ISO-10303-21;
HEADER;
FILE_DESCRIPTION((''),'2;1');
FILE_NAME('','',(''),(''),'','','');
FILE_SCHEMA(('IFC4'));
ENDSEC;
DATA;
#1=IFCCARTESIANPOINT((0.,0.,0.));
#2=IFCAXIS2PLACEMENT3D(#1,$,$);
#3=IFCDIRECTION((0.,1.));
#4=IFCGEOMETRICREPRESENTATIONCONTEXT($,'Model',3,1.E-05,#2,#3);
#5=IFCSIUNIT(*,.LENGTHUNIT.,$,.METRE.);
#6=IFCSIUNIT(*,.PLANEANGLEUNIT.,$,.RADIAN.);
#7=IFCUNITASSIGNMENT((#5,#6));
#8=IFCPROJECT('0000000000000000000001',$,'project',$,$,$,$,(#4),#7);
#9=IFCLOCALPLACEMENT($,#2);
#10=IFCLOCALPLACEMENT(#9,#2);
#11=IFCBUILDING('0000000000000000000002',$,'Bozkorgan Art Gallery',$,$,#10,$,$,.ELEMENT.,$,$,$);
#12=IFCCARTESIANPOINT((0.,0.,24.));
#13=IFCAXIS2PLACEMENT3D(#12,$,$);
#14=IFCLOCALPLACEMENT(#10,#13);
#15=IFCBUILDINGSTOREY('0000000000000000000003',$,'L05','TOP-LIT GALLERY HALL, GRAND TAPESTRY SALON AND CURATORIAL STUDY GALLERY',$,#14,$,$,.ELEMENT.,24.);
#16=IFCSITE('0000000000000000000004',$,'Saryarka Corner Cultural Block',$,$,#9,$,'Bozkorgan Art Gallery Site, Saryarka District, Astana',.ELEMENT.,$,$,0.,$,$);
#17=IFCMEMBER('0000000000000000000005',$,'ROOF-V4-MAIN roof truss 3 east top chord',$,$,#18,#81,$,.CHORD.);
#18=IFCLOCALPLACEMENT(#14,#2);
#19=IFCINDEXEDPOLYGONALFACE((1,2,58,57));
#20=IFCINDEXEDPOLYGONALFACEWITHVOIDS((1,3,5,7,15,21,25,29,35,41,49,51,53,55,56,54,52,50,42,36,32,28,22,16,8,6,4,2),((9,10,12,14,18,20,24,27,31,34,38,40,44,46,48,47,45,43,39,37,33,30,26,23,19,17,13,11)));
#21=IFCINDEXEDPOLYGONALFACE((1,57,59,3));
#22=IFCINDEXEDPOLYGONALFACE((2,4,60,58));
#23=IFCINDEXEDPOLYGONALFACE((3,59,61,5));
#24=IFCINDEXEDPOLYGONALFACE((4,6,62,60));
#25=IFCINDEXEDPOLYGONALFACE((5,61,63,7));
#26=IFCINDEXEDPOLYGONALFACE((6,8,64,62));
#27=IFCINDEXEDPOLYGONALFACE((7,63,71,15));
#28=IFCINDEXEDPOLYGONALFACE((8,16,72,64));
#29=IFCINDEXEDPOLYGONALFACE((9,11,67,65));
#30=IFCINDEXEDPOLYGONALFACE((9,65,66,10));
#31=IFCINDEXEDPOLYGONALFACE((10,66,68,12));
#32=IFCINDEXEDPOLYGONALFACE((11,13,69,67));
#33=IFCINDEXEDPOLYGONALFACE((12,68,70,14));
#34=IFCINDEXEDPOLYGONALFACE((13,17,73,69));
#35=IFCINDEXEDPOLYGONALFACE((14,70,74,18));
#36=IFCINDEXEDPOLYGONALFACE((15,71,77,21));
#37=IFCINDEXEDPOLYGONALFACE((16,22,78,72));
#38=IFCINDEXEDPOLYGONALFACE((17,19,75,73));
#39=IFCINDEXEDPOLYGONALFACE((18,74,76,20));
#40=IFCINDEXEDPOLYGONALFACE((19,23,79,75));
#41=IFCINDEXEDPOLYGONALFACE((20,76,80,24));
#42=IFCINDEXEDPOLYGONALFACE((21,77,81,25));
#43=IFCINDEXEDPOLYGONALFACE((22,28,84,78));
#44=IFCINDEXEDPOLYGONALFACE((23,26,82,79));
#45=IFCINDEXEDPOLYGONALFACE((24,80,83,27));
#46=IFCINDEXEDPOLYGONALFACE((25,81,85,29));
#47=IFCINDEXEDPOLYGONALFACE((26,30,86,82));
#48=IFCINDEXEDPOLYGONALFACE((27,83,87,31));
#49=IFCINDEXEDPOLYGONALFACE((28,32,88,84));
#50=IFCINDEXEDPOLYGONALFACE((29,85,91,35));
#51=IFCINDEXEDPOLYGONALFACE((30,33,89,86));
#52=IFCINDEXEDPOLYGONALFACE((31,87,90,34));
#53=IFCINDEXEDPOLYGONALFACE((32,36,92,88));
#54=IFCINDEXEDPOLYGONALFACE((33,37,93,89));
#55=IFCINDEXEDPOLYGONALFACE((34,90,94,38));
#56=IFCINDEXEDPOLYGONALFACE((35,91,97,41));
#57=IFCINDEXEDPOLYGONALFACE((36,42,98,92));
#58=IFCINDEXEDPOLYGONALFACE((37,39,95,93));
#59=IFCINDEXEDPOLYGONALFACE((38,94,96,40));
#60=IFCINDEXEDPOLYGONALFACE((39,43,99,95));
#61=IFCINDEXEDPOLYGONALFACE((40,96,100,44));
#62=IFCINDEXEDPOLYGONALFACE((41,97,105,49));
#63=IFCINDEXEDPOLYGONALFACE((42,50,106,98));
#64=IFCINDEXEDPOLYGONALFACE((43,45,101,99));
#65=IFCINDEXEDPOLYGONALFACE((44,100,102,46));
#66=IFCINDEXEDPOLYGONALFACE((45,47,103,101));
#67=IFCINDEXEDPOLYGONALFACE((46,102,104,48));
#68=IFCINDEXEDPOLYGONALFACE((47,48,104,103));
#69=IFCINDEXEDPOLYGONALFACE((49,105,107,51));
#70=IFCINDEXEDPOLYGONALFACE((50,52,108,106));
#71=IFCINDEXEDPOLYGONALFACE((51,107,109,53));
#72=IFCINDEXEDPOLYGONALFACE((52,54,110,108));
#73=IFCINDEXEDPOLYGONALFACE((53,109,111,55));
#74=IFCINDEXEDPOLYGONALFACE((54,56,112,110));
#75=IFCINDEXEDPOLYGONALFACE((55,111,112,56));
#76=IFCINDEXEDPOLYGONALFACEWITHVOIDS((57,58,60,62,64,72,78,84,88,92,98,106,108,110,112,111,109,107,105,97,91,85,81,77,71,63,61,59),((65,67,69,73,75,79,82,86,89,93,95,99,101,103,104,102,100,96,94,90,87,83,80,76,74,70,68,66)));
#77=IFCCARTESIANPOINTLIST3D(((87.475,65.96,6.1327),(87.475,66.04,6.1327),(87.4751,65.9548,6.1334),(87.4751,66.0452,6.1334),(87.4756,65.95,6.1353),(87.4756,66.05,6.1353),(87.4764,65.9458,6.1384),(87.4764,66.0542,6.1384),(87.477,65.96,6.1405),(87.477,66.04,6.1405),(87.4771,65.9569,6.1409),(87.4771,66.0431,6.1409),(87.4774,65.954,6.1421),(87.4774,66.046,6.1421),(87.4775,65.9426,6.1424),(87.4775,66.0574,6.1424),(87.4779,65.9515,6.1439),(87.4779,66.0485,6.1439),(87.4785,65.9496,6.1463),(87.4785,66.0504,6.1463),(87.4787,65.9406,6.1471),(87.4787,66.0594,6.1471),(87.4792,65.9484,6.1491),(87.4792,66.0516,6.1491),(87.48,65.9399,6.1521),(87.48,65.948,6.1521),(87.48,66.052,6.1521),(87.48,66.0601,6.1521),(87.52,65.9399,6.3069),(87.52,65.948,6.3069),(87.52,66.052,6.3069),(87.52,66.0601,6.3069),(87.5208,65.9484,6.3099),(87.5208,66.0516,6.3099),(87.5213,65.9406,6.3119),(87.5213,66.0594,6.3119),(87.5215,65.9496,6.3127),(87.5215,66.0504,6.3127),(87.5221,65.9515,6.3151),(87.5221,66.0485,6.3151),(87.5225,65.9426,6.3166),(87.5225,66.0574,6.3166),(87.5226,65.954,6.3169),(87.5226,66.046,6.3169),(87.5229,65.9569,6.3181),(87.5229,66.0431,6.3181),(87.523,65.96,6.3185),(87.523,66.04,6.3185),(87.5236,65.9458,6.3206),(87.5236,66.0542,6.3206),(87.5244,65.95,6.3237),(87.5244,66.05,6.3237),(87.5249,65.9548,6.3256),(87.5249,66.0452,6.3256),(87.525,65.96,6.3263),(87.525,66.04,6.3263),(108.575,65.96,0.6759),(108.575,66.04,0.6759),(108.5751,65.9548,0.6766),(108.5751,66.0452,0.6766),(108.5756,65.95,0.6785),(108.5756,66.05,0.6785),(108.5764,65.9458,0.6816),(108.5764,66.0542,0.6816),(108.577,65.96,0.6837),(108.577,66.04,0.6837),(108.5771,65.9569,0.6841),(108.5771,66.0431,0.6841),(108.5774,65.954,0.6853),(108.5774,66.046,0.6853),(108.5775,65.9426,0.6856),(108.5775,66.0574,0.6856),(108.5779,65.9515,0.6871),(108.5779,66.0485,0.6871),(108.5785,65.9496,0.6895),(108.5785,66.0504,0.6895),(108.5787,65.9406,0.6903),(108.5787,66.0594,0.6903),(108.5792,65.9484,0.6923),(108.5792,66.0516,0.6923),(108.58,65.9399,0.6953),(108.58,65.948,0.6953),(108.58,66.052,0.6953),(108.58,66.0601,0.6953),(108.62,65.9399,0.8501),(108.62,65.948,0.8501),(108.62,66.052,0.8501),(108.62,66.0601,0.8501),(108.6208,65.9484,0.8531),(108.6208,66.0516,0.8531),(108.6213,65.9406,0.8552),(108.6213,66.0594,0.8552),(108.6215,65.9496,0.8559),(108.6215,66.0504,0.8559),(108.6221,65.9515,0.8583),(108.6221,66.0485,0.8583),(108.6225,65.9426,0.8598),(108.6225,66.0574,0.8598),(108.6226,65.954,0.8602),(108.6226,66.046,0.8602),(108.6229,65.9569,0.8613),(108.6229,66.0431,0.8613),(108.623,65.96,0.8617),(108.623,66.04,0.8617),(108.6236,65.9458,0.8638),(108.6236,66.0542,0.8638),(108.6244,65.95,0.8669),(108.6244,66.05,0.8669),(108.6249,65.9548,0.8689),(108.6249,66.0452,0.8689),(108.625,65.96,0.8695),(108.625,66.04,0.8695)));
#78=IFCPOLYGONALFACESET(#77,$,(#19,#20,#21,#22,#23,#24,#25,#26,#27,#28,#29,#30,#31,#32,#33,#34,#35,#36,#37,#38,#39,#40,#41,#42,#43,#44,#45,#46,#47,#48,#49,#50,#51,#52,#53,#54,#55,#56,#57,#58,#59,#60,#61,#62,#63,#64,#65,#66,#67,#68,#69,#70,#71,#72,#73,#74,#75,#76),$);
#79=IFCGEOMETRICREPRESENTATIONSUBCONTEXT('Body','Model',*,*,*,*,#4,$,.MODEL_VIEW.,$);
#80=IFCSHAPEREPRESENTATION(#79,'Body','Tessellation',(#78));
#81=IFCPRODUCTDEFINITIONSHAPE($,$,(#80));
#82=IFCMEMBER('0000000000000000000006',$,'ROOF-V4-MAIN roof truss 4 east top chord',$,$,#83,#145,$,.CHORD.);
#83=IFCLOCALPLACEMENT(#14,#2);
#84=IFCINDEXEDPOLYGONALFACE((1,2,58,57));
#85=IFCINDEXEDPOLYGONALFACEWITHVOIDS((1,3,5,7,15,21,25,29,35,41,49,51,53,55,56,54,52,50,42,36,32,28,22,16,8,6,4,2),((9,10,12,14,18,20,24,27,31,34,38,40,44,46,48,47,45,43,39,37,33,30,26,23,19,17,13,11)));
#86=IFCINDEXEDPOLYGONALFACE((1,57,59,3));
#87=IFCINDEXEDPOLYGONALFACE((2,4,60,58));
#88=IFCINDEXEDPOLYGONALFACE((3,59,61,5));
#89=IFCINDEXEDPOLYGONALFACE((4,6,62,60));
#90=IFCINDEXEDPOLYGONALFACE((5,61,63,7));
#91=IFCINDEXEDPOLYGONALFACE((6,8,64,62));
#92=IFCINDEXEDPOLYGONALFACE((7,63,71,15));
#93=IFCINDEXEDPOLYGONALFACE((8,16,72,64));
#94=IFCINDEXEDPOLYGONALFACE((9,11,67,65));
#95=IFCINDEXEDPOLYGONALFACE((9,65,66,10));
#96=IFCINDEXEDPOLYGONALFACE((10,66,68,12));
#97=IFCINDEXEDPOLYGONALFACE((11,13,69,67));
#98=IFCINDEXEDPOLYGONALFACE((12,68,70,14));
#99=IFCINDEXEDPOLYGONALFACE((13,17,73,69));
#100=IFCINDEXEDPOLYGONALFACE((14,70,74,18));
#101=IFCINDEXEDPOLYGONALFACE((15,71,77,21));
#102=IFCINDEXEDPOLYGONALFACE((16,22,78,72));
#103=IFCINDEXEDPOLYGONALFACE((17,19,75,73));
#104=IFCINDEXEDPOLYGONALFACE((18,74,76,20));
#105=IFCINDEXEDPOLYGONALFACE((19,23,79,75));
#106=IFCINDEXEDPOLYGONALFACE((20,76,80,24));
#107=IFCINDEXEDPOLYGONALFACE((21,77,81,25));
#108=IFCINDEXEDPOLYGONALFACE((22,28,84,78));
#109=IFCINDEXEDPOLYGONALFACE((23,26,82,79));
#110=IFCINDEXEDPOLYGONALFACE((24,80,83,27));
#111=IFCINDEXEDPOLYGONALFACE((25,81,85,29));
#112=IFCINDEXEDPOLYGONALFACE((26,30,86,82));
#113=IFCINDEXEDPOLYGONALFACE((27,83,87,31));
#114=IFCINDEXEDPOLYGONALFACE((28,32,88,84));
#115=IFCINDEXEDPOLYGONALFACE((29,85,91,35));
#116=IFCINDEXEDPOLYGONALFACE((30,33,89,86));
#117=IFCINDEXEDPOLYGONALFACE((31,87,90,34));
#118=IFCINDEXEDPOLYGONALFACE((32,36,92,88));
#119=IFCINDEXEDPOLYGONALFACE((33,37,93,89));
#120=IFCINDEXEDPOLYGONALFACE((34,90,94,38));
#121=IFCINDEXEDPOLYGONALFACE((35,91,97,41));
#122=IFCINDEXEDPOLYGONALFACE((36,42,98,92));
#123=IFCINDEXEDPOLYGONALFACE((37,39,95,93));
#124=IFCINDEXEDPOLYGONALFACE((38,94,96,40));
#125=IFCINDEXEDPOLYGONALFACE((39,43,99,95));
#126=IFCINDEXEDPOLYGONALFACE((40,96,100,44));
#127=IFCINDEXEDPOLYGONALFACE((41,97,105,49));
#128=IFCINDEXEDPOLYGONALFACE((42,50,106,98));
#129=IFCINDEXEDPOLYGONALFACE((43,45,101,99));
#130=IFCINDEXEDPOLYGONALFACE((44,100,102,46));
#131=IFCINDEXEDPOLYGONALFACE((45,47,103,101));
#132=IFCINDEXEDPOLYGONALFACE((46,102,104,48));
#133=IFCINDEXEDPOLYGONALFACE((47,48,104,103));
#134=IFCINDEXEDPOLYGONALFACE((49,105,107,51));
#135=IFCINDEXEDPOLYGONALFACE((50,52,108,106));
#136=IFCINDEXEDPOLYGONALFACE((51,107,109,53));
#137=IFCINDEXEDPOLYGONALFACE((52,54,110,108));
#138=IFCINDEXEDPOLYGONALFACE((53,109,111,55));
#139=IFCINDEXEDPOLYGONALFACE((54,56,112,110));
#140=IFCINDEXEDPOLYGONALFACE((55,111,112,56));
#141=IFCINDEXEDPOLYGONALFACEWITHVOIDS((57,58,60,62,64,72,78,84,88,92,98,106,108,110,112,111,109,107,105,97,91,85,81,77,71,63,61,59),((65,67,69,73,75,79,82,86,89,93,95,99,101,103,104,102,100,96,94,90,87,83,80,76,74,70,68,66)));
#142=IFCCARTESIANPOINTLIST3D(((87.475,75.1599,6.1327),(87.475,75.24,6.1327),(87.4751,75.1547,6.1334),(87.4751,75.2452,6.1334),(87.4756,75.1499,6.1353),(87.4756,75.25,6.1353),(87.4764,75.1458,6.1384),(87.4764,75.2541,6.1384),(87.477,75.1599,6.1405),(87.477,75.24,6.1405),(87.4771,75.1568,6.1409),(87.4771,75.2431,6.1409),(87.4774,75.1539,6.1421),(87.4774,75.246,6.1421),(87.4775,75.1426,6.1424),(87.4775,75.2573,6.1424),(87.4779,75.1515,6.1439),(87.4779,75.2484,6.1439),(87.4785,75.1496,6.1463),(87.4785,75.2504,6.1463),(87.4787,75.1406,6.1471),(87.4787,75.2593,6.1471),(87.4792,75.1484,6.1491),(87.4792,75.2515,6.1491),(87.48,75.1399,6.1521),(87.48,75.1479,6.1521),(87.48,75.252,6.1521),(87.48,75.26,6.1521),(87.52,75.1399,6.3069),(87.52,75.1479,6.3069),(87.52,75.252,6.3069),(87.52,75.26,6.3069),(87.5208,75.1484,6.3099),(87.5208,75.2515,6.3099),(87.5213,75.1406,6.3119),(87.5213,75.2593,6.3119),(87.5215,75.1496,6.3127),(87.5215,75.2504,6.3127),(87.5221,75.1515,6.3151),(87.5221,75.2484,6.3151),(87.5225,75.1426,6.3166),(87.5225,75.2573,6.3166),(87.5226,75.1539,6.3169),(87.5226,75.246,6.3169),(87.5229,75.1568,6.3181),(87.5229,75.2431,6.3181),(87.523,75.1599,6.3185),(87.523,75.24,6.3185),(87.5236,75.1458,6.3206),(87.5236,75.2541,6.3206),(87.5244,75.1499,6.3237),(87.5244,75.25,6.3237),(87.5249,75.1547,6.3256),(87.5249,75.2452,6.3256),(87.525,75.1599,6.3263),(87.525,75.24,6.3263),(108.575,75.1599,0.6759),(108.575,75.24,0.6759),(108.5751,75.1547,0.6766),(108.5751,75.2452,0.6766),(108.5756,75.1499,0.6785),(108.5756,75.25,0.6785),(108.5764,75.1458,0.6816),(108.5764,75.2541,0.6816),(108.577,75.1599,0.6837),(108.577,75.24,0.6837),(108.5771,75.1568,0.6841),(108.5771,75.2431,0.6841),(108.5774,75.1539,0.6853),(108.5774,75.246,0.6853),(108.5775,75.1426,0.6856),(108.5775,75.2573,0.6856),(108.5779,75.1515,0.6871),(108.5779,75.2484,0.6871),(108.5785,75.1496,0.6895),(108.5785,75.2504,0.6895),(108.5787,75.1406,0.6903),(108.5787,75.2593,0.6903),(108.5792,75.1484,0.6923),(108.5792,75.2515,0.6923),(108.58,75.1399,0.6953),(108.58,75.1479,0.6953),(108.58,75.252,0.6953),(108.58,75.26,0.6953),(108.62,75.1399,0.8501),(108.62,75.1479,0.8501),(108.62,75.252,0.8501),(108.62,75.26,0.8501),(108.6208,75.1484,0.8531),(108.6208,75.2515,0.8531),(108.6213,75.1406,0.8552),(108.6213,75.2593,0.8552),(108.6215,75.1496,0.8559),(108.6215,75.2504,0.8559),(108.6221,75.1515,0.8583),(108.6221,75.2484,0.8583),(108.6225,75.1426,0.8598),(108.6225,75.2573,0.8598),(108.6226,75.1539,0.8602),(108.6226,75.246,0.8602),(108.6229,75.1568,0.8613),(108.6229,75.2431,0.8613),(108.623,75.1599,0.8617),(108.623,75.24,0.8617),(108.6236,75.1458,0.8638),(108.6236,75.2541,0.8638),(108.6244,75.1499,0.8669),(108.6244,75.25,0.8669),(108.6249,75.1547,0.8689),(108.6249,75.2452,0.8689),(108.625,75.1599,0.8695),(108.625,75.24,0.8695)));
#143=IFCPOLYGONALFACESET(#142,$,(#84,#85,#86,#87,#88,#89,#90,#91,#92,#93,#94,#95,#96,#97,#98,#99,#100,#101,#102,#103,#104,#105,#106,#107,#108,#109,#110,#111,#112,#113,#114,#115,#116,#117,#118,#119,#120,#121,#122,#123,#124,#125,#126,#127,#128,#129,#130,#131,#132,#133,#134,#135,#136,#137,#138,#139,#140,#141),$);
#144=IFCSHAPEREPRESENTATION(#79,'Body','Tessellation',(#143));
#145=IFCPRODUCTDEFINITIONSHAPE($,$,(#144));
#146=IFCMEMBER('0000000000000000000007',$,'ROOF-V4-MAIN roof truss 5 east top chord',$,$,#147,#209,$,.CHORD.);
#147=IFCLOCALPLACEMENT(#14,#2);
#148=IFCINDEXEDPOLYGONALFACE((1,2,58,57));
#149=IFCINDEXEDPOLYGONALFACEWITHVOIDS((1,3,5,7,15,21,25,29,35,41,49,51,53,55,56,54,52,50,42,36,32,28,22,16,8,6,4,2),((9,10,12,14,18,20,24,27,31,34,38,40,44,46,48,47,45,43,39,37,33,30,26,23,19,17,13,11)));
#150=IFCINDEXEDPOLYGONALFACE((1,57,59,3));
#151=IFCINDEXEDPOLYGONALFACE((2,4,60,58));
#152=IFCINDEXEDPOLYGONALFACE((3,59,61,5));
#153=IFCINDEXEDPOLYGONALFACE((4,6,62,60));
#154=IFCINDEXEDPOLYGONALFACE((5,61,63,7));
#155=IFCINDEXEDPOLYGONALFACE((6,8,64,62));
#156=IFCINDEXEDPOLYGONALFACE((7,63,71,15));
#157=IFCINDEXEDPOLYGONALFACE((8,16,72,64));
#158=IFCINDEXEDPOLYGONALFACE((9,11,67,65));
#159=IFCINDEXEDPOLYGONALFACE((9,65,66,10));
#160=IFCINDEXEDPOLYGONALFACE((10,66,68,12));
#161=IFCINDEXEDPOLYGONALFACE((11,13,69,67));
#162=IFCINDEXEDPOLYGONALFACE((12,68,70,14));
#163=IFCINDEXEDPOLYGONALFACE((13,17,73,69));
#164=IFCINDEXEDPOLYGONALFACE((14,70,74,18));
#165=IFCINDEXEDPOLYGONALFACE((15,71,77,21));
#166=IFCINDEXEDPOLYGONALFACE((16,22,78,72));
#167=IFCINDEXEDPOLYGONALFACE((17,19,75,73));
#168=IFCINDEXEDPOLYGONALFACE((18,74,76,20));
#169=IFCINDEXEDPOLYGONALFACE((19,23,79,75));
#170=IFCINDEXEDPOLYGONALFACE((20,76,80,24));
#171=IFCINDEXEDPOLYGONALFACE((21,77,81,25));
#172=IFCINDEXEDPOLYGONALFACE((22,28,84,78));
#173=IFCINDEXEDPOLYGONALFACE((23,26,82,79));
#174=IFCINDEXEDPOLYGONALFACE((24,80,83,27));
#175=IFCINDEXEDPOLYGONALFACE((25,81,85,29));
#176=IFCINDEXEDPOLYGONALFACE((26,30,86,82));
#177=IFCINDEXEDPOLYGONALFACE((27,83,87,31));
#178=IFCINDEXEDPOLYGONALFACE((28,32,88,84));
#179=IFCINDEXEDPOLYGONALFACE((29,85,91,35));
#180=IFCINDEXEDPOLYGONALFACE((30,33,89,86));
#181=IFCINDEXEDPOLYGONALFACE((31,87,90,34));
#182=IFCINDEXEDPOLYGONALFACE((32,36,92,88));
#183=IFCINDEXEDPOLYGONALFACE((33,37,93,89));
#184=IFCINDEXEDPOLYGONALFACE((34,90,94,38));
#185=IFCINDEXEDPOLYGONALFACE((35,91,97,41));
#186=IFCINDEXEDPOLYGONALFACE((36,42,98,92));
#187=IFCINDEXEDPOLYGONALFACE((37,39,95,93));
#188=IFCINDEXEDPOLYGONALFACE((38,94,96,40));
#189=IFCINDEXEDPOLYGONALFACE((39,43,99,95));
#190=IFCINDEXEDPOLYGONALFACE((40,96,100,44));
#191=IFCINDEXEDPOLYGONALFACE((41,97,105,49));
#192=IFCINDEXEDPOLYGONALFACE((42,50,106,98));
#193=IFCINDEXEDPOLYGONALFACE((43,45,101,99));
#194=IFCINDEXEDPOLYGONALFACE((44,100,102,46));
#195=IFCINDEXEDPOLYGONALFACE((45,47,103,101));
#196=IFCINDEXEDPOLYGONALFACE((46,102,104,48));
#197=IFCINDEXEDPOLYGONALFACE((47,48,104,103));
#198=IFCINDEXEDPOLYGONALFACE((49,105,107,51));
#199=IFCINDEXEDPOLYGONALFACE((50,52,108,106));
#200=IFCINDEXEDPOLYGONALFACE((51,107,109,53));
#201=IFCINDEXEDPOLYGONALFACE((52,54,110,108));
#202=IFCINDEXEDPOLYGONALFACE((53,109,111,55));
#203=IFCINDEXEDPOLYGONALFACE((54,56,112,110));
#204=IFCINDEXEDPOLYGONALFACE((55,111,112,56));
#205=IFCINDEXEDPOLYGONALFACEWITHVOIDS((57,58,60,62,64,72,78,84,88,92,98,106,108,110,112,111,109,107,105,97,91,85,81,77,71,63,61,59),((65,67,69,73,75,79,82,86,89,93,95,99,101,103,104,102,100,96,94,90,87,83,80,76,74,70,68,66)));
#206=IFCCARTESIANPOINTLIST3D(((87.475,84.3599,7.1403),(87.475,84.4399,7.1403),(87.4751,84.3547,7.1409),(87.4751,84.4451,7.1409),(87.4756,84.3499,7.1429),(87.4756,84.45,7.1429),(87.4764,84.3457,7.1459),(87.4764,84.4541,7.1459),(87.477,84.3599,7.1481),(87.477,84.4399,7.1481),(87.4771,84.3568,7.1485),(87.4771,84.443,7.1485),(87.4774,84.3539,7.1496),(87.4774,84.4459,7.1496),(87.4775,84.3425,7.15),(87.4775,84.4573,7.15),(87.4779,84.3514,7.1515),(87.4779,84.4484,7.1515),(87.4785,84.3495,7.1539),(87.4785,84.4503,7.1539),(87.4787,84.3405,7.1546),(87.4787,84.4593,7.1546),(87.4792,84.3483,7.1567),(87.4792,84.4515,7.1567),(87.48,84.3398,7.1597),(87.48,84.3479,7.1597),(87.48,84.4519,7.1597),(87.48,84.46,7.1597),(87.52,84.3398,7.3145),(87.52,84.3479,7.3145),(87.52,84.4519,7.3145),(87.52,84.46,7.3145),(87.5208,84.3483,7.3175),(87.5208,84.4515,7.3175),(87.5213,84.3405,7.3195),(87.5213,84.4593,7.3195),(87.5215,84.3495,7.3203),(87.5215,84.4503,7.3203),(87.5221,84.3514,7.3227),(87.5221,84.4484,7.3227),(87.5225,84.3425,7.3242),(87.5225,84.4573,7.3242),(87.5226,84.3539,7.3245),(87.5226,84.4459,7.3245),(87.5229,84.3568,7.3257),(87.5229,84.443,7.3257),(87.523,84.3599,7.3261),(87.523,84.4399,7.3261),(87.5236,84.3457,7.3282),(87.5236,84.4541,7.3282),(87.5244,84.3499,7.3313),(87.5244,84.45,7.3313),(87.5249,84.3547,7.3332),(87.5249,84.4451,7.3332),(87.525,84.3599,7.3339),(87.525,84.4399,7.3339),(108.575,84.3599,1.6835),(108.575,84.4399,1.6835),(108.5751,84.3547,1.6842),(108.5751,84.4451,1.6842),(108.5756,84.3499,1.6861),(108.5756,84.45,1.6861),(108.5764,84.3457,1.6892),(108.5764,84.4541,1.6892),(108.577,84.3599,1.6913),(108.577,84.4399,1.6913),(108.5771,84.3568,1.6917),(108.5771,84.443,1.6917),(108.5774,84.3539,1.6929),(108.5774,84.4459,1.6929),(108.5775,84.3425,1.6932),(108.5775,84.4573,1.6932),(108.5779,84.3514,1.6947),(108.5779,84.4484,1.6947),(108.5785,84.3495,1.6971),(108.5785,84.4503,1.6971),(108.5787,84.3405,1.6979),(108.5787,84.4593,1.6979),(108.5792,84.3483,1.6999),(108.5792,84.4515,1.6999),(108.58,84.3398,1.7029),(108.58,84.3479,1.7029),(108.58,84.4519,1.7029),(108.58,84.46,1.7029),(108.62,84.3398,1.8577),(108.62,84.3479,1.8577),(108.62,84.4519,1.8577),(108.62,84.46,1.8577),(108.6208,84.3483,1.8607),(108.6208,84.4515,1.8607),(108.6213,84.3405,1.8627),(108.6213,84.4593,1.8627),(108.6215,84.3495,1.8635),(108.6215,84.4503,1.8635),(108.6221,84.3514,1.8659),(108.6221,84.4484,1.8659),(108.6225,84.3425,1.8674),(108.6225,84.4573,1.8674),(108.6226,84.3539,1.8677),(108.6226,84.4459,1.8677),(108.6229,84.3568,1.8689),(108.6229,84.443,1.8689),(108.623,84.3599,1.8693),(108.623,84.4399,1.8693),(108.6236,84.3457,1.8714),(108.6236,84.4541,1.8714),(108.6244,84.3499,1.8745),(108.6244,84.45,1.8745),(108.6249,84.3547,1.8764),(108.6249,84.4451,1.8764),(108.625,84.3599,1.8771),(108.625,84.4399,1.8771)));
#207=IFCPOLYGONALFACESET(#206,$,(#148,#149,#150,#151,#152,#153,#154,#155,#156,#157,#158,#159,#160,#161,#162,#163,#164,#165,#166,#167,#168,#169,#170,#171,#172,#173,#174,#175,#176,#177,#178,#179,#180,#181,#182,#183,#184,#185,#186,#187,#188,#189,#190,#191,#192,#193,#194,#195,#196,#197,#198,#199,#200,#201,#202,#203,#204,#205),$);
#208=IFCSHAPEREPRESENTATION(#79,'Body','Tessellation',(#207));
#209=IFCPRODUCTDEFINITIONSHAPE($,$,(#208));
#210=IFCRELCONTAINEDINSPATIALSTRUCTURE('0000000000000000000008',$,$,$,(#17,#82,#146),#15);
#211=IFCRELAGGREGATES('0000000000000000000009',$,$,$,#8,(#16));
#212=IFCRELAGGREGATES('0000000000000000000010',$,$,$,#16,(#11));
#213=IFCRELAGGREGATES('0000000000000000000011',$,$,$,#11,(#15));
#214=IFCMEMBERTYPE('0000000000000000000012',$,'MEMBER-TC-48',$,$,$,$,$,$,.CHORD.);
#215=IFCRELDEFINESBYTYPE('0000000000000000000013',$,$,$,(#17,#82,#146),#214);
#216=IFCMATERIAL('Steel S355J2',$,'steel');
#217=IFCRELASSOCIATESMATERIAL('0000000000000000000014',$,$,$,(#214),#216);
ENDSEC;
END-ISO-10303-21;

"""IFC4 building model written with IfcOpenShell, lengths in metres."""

from ifc_helpers import new_model, si_unit, direction, frame, origin, origin_2d, place, context, subcontext, project, spatial, hollow_rectangle, extrude, material, material_profile, profile_set, type_object, element, save


model = new_model("IFC4")

# Units and contexts
model_context = context("Model", 3, precision=1e-05, world=origin(), true_north=direction((0.0, 1.0)))
body_context = subcontext(model_context, "Body", "Model", "MODEL_VIEW")
ifc_project = project(units=[si_unit("LENGTHUNIT", "METRE"), si_unit("PLANEANGLEUNIT", "RADIAN")], contexts=[model_context])

# Site, building, storey
site_placement = place(None, origin())
site = spatial("IfcSite", under=ifc_project, at=site_placement, Name="Saryarka Corner Cultural Block", LongName="Bozkorgan Art Gallery Site, Saryarka District, Astana", CompositionType="ELEMENT", RefElevation=0.0)
building_placement = place(site_placement, origin())
building = spatial("IfcBuilding", under=site, at=building_placement, Name="Bozkorgan Art Gallery", CompositionType="ELEMENT")
storey_placement = place(building_placement, frame((0.0, 0.0, 24.0)))
storey = spatial("IfcBuildingStorey", under=building, at=storey_placement, Name="L05", Description="TOP-LIT GALLERY HALL, GRAND TAPESTRY SALON AND CURATORIAL STUDY GALLERY", CompositionType="ELEMENT", Elevation=24.0)

# Members
ifc_material_1 = material(Name="Steel S355J2", Category="steel")
ifc_material_profile_1 = material_profile(ifc_material_1, hollow_rectangle(XDim=0.1201, YDim=0.2, WallThickness=0.0081, InnerFilletRadius=0.012, OuterFilletRadius=0.02, at=origin_2d()), Name="RHS 200x120x8")
ifc_profile_set_1 = profile_set([ifc_material_profile_1], Name="Steel S355J2")
member_type_1 = type_object("IfcMemberType", Name="MEMBER-TC-48", PredefinedType="CHORD", material=ifc_profile_set_1)
for number, where, z_axis, x_axis, name in (
    (1, (87.5, 66.0, 6.2295), (0.968148, 0.0, -0.250377), (0.0, 1.0, 0.0), "ROOF-V4-MAIN roof truss 3 east top chord"),
    (2, (87.5, 75.2, 6.2295), (0.968148, 0.0, -0.250377), (0.0, 1.0, 0.0), "ROOF-V4-MAIN roof truss 4 east top chord"),
    (3, (87.5, 84.3999, 7.2371), (0.968148, 0.0, -0.250377), (0.0, 1.0, 0.0), "ROOF-V4-MAIN roof truss 5 east top chord"),
):
    element("IfcMember", number, at=place(storey_placement, frame(where, z_axis=z_axis, x_axis=x_axis)), inside=storey, type_object=member_type_1, Name=name, PredefinedType="CHORD", context=body_context, shape_type="SweptSolid", body=[
        extrude(hollow_rectangle(XDim=0.1201, YDim=0.2, WallThickness=0.0081, InnerFilletRadius=0.012, OuterFilletRadius=0.02, at=origin_2d()), origin(), (0.0, 0.0, 1.0), 21.7942),
    ])

save(model, "model.ifc")
